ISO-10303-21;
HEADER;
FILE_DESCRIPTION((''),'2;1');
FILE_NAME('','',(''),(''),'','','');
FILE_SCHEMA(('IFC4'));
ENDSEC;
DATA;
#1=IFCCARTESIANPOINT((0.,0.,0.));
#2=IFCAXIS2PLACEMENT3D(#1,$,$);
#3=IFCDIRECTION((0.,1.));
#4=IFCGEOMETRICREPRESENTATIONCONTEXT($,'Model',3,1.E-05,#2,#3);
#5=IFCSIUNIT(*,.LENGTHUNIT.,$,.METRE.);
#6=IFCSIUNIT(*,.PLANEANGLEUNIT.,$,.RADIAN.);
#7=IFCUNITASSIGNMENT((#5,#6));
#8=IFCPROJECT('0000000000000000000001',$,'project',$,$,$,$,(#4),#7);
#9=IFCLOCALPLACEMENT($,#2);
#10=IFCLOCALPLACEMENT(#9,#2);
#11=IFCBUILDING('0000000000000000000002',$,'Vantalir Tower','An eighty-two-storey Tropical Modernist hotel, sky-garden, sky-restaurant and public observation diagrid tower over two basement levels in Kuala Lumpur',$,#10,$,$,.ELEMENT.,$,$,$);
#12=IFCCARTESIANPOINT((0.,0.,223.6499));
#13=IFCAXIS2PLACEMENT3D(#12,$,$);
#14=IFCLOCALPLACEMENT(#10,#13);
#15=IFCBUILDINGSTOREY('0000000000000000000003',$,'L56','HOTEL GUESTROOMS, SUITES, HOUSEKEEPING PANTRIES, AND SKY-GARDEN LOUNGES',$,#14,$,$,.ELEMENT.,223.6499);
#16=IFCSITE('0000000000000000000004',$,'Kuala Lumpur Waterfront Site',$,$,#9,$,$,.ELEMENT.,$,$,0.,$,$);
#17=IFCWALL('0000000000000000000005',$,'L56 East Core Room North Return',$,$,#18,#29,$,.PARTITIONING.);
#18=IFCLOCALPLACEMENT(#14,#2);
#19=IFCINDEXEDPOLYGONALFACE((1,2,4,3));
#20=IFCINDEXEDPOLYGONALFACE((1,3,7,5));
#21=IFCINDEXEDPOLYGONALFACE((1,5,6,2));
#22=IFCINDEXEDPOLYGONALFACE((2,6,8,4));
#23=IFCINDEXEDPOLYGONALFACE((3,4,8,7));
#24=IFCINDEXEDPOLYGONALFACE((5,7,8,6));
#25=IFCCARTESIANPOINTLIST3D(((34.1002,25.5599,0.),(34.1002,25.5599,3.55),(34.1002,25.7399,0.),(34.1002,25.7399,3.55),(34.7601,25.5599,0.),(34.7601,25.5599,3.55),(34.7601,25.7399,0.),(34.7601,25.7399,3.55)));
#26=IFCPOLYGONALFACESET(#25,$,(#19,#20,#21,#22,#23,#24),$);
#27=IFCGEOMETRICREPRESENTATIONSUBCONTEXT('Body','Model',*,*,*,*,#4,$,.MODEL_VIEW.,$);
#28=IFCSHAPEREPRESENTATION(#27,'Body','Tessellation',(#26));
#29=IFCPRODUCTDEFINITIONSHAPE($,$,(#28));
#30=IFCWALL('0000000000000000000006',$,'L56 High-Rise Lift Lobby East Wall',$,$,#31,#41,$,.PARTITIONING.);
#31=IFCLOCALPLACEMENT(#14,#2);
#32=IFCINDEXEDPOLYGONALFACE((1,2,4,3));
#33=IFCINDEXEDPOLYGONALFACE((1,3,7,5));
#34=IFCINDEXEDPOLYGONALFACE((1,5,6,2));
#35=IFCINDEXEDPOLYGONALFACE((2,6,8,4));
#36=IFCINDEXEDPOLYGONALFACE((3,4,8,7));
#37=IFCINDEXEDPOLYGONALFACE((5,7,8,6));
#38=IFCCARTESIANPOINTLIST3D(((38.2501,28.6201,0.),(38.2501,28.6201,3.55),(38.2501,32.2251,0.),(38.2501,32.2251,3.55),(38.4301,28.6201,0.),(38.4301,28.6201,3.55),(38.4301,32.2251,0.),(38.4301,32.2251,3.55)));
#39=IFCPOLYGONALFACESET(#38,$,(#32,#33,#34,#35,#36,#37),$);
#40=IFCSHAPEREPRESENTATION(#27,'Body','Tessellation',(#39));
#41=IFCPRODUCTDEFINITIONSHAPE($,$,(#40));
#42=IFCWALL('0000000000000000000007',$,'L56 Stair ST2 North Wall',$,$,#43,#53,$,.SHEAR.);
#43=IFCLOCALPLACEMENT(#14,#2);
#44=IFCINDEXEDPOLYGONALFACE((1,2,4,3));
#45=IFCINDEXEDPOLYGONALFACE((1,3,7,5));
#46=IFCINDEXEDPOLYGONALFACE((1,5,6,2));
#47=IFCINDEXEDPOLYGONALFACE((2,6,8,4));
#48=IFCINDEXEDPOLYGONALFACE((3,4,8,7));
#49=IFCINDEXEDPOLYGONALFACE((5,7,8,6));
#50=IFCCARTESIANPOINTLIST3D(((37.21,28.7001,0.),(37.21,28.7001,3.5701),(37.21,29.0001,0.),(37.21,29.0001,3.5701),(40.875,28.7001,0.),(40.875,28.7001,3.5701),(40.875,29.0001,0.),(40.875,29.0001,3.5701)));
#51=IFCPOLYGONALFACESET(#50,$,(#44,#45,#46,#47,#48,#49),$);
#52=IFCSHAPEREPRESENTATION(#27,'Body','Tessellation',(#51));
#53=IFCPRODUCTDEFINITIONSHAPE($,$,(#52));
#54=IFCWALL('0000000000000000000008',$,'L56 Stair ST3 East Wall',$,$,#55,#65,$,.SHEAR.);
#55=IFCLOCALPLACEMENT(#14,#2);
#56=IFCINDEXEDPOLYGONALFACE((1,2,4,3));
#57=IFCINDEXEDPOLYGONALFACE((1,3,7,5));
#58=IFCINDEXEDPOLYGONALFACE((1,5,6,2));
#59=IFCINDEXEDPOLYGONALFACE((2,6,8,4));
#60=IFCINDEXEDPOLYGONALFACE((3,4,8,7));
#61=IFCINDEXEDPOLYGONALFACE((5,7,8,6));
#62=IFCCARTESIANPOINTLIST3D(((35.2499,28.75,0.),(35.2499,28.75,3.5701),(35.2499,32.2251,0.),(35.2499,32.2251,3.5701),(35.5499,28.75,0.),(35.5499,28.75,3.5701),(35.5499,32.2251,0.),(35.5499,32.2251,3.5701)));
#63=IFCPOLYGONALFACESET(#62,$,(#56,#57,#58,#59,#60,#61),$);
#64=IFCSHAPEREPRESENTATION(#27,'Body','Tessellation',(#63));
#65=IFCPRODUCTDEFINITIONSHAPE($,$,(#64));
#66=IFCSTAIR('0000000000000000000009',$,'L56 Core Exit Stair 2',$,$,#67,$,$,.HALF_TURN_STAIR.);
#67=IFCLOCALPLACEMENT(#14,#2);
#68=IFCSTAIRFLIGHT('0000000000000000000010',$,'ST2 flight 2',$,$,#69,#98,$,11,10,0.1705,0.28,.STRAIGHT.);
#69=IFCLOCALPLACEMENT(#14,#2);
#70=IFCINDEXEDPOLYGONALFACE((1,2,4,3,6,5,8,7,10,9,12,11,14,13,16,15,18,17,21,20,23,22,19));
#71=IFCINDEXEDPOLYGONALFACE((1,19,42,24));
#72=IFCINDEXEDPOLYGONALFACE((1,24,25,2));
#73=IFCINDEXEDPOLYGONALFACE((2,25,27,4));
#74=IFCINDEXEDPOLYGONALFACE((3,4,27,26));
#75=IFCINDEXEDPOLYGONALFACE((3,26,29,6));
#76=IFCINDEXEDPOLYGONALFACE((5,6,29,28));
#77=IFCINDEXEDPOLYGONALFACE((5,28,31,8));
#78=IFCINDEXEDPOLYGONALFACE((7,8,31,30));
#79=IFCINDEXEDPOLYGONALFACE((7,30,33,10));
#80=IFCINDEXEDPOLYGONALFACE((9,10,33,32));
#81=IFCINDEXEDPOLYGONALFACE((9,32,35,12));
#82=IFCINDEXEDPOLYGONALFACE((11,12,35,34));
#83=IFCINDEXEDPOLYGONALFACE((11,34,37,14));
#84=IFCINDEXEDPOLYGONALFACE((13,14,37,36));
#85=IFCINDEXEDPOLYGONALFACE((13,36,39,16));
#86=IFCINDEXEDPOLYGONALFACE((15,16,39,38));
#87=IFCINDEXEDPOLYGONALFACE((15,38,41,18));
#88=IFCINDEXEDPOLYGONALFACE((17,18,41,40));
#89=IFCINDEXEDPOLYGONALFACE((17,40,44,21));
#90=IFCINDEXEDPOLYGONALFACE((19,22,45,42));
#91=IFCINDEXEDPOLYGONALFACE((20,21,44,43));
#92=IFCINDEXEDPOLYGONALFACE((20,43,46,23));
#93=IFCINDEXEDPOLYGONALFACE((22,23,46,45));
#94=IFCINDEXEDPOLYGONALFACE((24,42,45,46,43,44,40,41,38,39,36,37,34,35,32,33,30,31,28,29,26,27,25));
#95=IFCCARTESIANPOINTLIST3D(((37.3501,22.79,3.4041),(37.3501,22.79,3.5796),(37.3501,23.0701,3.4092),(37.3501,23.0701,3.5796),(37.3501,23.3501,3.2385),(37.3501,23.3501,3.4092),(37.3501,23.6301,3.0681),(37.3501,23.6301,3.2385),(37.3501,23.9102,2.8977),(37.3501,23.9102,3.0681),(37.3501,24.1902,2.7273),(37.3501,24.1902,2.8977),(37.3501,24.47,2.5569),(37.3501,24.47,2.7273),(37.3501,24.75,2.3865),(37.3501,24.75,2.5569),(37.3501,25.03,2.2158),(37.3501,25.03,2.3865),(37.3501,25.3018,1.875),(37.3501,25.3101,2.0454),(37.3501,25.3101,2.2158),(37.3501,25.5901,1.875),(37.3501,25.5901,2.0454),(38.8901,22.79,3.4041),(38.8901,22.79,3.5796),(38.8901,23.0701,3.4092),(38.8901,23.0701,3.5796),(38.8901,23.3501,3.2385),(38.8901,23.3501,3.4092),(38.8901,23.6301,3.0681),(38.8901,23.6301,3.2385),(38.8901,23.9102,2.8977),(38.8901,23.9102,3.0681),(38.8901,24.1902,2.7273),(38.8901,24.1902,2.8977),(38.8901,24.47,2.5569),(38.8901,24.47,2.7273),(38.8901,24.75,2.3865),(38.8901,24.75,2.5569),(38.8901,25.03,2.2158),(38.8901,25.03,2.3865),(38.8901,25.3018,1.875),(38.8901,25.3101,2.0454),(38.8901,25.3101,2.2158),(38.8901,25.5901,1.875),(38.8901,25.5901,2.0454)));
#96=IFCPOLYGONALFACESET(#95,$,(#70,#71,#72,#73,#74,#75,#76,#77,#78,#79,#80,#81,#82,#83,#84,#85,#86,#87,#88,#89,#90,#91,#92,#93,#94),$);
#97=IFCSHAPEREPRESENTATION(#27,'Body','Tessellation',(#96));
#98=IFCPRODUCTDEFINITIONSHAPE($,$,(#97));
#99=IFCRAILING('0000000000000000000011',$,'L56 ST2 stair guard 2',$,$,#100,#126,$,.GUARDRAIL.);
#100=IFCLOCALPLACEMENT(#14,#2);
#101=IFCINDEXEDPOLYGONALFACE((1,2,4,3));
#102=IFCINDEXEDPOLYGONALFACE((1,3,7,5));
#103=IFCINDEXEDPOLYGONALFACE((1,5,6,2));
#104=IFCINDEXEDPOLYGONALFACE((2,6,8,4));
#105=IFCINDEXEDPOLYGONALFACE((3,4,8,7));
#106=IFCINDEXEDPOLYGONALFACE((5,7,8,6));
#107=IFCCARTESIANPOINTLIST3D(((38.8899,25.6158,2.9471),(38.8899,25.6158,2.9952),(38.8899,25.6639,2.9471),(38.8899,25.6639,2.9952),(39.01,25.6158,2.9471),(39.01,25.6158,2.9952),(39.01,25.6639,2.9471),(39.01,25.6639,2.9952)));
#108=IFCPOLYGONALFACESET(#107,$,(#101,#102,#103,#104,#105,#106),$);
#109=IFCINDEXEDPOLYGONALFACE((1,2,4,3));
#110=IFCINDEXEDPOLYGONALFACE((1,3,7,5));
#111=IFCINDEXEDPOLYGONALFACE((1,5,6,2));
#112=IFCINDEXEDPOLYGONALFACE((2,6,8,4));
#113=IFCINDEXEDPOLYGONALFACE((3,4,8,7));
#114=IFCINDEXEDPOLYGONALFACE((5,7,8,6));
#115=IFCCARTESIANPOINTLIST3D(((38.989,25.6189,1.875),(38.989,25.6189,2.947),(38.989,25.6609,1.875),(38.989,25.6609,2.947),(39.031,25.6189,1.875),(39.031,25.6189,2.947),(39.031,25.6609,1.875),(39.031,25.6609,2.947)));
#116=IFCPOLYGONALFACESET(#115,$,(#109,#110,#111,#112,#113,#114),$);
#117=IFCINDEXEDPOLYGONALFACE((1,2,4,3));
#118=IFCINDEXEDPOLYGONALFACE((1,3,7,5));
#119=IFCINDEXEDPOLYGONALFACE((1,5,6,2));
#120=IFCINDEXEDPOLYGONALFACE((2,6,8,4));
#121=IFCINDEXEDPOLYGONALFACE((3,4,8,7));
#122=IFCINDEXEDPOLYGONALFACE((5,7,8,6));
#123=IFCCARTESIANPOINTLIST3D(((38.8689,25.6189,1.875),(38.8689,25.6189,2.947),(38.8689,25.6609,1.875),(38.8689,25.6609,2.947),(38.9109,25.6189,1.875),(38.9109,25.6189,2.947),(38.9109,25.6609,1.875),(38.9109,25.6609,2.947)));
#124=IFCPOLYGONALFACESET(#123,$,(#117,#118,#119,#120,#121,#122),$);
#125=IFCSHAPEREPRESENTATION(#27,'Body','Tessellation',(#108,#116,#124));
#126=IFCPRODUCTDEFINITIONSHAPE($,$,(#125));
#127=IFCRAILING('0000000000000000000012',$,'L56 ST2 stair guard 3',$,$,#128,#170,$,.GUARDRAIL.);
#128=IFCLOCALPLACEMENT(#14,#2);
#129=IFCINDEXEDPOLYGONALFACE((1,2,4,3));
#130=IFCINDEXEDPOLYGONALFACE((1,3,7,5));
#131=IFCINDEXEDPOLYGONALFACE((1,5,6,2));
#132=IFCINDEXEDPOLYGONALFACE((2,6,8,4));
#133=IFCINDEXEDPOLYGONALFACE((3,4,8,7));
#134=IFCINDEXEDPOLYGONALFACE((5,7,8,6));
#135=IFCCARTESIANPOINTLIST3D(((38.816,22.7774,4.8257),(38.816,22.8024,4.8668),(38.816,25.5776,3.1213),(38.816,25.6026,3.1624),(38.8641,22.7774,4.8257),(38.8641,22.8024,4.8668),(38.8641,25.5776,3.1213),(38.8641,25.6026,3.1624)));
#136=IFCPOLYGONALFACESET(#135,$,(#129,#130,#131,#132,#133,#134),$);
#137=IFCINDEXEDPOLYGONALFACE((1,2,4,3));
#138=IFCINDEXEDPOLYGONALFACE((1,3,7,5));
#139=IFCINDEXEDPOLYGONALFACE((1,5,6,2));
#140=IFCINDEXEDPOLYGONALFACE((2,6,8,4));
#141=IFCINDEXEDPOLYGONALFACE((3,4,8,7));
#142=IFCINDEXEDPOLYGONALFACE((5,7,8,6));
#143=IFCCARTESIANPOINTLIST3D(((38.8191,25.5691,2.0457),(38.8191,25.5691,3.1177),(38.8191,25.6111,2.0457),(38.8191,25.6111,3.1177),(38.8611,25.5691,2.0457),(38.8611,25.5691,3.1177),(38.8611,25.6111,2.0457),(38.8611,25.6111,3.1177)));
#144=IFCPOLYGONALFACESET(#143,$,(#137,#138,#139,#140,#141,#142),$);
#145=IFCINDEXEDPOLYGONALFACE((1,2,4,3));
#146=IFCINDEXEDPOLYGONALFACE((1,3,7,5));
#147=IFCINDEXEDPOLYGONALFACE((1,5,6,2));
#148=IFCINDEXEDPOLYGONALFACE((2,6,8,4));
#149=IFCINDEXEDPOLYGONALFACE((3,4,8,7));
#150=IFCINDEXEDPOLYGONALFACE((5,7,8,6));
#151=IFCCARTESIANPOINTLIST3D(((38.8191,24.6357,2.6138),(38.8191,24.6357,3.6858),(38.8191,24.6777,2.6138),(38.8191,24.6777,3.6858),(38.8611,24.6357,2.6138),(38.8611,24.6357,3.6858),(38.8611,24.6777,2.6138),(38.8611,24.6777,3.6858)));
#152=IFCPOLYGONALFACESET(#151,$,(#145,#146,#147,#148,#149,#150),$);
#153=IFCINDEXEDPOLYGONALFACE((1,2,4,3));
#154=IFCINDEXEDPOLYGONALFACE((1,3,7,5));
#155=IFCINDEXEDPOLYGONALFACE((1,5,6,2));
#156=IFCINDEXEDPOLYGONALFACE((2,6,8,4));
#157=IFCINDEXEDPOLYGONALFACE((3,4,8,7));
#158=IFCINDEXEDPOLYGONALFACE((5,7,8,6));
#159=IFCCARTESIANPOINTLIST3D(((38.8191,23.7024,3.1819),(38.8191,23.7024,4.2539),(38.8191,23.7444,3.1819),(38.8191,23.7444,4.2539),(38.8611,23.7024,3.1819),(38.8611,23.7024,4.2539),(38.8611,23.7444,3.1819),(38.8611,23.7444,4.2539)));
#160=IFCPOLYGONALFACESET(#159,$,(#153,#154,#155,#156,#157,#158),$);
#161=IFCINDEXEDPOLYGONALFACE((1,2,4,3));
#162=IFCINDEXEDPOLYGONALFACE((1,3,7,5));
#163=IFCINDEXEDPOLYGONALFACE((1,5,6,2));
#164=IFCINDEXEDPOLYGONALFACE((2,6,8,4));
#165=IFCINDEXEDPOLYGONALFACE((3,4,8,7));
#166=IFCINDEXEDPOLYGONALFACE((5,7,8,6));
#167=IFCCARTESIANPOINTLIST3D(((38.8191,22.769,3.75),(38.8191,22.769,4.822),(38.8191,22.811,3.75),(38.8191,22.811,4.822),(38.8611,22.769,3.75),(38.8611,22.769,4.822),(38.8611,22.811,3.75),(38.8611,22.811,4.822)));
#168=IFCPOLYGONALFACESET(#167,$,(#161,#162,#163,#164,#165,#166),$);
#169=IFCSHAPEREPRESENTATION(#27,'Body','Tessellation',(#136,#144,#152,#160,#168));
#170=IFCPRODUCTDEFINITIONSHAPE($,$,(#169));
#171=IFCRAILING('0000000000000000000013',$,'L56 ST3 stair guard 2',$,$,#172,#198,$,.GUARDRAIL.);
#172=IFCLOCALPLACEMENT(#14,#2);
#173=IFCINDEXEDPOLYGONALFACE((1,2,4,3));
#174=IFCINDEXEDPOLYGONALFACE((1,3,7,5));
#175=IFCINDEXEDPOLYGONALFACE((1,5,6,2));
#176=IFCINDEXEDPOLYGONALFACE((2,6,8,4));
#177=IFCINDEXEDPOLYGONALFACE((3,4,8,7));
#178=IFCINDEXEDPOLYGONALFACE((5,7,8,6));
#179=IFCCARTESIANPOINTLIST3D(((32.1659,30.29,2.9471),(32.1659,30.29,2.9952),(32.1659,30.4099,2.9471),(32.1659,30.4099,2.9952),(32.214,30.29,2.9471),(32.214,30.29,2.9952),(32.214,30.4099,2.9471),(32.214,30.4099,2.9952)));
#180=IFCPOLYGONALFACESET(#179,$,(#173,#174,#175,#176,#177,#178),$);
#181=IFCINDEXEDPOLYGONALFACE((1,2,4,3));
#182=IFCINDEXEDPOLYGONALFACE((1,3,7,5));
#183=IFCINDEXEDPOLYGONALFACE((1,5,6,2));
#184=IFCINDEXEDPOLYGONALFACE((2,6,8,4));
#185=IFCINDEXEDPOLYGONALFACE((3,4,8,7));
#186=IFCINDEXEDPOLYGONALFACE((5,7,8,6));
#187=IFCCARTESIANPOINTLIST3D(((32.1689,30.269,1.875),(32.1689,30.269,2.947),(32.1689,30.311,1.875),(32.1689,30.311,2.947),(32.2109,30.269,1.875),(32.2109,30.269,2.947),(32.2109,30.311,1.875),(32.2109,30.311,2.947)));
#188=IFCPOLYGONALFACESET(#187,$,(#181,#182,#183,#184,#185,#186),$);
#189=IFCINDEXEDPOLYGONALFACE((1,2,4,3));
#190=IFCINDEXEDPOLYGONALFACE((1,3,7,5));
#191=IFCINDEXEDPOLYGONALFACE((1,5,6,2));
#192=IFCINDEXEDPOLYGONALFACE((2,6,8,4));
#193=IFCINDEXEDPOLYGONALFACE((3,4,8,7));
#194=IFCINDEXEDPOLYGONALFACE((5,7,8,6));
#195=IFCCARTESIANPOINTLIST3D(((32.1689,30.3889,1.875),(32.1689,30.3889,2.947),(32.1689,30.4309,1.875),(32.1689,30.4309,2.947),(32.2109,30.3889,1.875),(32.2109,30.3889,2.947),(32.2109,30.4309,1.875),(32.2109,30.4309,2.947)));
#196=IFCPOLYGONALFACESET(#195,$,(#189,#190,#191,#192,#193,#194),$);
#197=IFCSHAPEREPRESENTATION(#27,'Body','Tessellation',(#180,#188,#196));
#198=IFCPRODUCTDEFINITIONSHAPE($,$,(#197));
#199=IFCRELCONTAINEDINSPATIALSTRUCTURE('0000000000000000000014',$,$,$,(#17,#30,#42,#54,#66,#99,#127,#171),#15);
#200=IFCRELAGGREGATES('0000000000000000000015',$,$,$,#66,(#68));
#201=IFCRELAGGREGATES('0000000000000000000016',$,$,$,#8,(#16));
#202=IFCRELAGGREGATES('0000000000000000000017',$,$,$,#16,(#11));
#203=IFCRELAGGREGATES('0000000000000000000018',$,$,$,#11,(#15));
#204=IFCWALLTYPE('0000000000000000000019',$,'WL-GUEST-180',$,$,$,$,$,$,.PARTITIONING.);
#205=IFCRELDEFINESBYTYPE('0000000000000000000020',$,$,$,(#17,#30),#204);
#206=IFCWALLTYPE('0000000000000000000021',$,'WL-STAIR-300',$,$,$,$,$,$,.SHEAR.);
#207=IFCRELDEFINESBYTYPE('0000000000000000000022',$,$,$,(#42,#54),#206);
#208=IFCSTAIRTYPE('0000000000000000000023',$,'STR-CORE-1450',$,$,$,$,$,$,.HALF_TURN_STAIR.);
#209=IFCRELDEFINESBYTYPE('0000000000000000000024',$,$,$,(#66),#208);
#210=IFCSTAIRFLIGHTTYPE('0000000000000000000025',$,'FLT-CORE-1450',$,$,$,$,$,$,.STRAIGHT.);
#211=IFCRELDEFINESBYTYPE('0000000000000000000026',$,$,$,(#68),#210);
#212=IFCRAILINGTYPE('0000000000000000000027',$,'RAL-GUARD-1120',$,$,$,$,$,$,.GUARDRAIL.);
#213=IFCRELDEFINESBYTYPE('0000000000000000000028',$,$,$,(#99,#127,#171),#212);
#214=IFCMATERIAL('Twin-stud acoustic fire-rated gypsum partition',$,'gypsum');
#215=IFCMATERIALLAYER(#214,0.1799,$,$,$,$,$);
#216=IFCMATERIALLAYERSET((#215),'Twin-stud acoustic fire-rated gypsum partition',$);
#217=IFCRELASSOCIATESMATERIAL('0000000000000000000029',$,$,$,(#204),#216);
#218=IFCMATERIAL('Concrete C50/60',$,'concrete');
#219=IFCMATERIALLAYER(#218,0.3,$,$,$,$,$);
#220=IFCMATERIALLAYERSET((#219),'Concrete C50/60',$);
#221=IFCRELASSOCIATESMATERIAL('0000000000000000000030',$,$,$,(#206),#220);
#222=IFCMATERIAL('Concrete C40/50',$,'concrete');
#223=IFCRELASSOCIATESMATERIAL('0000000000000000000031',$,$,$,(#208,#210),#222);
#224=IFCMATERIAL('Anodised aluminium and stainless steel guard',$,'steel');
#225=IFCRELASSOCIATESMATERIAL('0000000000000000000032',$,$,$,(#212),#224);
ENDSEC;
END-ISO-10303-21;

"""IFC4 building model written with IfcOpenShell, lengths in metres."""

from ifc_helpers import new_model, si_unit, direction, frame, frame_2d, origin, origin_2d, place, context, subcontext, project, spatial, polyline, rectangle, outline, extrude, material, layer, layer_set, type_object, element, aggregate, save


model = new_model("IFC4")

# Units and contexts
model_context = context("Model", 3, precision=1e-05, world=origin(), true_north=direction((0.0, 1.0)))
body_context = subcontext(model_context, "Body", "Model", "MODEL_VIEW")
ifc_project = project(units=[si_unit("LENGTHUNIT", "METRE"), si_unit("PLANEANGLEUNIT", "RADIAN")], contexts=[model_context])

# Site, building, storey
site_placement = place(None, origin())
site = spatial("IfcSite", under=ifc_project, at=site_placement, Name="Kuala Lumpur Waterfront Site", CompositionType="ELEMENT", RefElevation=0.0)
building_placement = place(site_placement, origin())
building = spatial("IfcBuilding", under=site, at=building_placement, Name="Vantalir Tower", Description="An eighty-two-storey Tropical Modernist hotel, sky-garden, sky-restaurant and public observation diagrid tower over two basement levels in Kuala Lumpur", CompositionType="ELEMENT")
storey_placement = place(building_placement, frame((0.0, 0.0, 223.6499)))
storey = spatial("IfcBuildingStorey", under=building, at=storey_placement, Name="L56", Description="HOTEL GUESTROOMS, SUITES, HOUSEKEEPING PANTRIES, AND SKY-GARDEN LOUNGES", CompositionType="ELEMENT", Elevation=223.6499)

# Walls
ifc_material_1 = material(Name="Twin-stud acoustic fire-rated gypsum partition", Category="gypsum")
ifc_layer_1 = layer(ifc_material_1, 0.1799)
ifc_layer_set_1 = layer_set([ifc_layer_1], Name="Twin-stud acoustic fire-rated gypsum partition")
wall_type_1 = type_object("IfcWallType", Name="WL-GUEST-180", PredefinedType="PARTITIONING", material=ifc_layer_set_1)
wall_1_placement = place(storey_placement, frame((34.1001, 25.6499, 0.0), z_axis=(0.0, 0.0, 1.0), x_axis=(1.0, 0.0, 0.0)))
element("IfcWall", 1, at=wall_1_placement, inside=storey, type_object=wall_type_1, Name="L56 East Core Room North Return", PredefinedType="PARTITIONING", context=body_context, shape_type="SweptSolid", body=[
    extrude(rectangle(XDim=0.6599, YDim=0.1799, at=frame_2d((0.3301, 0.0))), origin(), (0.0, 0.0, 1.0), 3.55),
])
wall_2_placement = place(storey_placement, frame((38.3401, 28.6201, 0.0), z_axis=(0.0, 0.0, 1.0), x_axis=(0.0, 1.0, 0.0)))
element("IfcWall", 2, at=wall_2_placement, inside=storey, type_object=wall_type_1, Name="L56 High-Rise Lift Lobby East Wall", PredefinedType="PARTITIONING", context=body_context, shape_type="SweptSolid", body=[
    extrude(rectangle(XDim=3.605, YDim=0.1799, at=frame_2d((1.8025, 0.0))), origin(), (0.0, 0.0, 1.0), 3.55),
])
ifc_material_2 = material(Name="Concrete C50/60", Category="concrete")
ifc_layer_2 = layer(ifc_material_2, 0.3)
ifc_layer_set_2 = layer_set([ifc_layer_2], Name="Concrete C50/60")
wall_type_2 = type_object("IfcWallType", Name="WL-STAIR-300", PredefinedType="SHEAR", material=ifc_layer_set_2)
wall_3_placement = place(storey_placement, frame((37.21, 28.8501, 0.0), z_axis=(0.0, 0.0, 1.0), x_axis=(1.0, 0.0, 0.0)))
element("IfcWall", 3, at=wall_3_placement, inside=storey, type_object=wall_type_2, Name="L56 Stair ST2 North Wall", PredefinedType="SHEAR", context=body_context, shape_type="SweptSolid", body=[
    extrude(rectangle(XDim=3.665, YDim=0.3, at=frame_2d((1.8325, 0.0))), origin(), (0.0, 0.0, 1.0), 3.5701),
])
wall_4_placement = place(storey_placement, frame((35.3999, 28.75, 0.0), z_axis=(0.0, 0.0, 1.0), x_axis=(0.0, 1.0, 0.0)))
element("IfcWall", 4, at=wall_4_placement, inside=storey, type_object=wall_type_2, Name="L56 Stair ST3 East Wall", PredefinedType="SHEAR", context=body_context, shape_type="SweptSolid", body=[
    extrude(rectangle(XDim=3.4751, YDim=0.3, at=frame_2d((1.7375, 0.0))), origin(), (0.0, 0.0, 1.0), 3.5701),
])

# Stair, stair flight
ifc_material_3 = material(Name="Concrete C40/50", Category="concrete")
stair_type = type_object("IfcStairType", Name="STR-CORE-1450", PredefinedType="HALF_TURN_STAIR", material=ifc_material_3)
stair_placement = place(storey_placement, origin())
stair = element("IfcStair", 5, at=stair_placement, inside=storey, type_object=stair_type, Name="L56 Core Exit Stair 2", PredefinedType="HALF_TURN_STAIR")
stair_flight_type = type_object("IfcStairFlightType", Name="FLT-CORE-1450", PredefinedType="STRAIGHT", material=ifc_material_3)
stair_flight_placement = place(storey_placement, frame((38.1201, 25.5901, 1.875), z_axis=(0.0, 0.0, 1.0), x_axis=(0.0, -1.0, 0.0)))
stair_flight = element("IfcStairFlight", 6, at=stair_flight_placement, type_object=stair_flight_type, Name="ST2 flight 2", NumberOfRisers=11, NumberOfTreads=10, PredefinedType="STRAIGHT", RiserHeight=0.1705, TreadLength=0.28, context=body_context, shape_type="SweptSolid", body=[
    extrude(outline(polyline([(0.0, 0.0), (0.0, 0.1704), (0.28, 0.1704), (0.28, 0.3408), (0.5601, 0.3408), (0.5601, 0.5115), (0.8401, 0.5115), (0.8401, 0.6819), (1.1201, 0.6819), (1.1201, 0.8523), (1.3999, 0.8523), (1.3999, 1.0227), (1.6799, 1.0227), (1.6799, 1.1931), (1.96, 1.1931), (1.96, 1.3635), (2.24, 1.3635), (2.24, 1.5342), (2.52, 1.5342), (2.52, 1.7046), (2.8, 1.7046), (2.8, 1.875), (2.8, 1.5291), (0.2883, 0.0), (0.0, 0.0)])), frame((0.0, 0.77, 0.0), z_axis=(0.0, -1.0, 0.0), x_axis=(1.0, 0.0, 0.0)), (0.0, 0.0, 1.0), 1.54),
])
aggregate(stair, [stair_flight])

# Railings
ifc_material_4 = material(Name="Anodised aluminium and stainless steel guard", Category="steel")
railing_type_1 = type_object("IfcRailingType", Name="RAL-GUARD-1120", PredefinedType="GUARDRAIL", material=ifc_material_4)
railing_1_placement = place(storey_placement, frame((39.01, 25.6399, 1.875)))
element("IfcRailing", 7, at=railing_1_placement, inside=storey, type_object=railing_type_1, Name="L56 ST2 stair guard 2", PredefinedType="GUARDRAIL", context=body_context, shape_type="SweptSolid", body=[
    extrude(rectangle(XDim=0.0481, YDim=0.0481, at=origin_2d()), frame((0.0, 0.0, 1.0962), z_axis=(-1.0, 0.0, 0.0), x_axis=(0.0, -1.0, 0.0)), (0.0, 0.0, 1.0), 0.1201),
    extrude(rectangle(XDim=0.042, YDim=0.042, at=origin_2d()), origin(), (0.0, 0.0, 1.0), 1.072),
    extrude(rectangle(XDim=0.042, YDim=0.042, at=origin_2d()), frame((-0.1201, 0.0, 0.0)), (0.0, 0.0, 1.0), 1.072),
])
railing_2_placement = place(storey_placement, frame((38.8401, 25.5901, 2.0457)))
element("IfcRailing", 8, at=railing_2_placement, inside=storey, type_object=railing_type_1, Name="L56 ST2 stair guard 3", PredefinedType="GUARDRAIL", context=body_context, shape_type="SweptSolid", body=[
    extrude(rectangle(XDim=0.0481, YDim=0.0481, at=origin_2d()), frame((0.0, 0.0, 1.0962), z_axis=(0.0, -0.854203, 0.51994), x_axis=(1.0, 0.0, 0.0)), (0.0, 0.0, 1.0), 3.2781),
    extrude(rectangle(XDim=0.042, YDim=0.042, at=origin_2d()), origin(), (0.0, 0.0, 1.0), 1.072),
    extrude(rectangle(XDim=0.042, YDim=0.042, at=origin_2d()), frame((0.0, -0.9333, 0.5681)), (0.0, 0.0, 1.0), 1.072),
    extrude(rectangle(XDim=0.042, YDim=0.042, at=origin_2d()), frame((0.0, -1.8667, 1.1362)), (0.0, 0.0, 1.0), 1.072),
    extrude(rectangle(XDim=0.042, YDim=0.042, at=origin_2d()), frame((0.0, -2.8, 1.7043)), (0.0, 0.0, 1.0), 1.072),
])
railing_3_placement = place(storey_placement, frame((32.1899, 30.29, 1.875)))
element("IfcRailing", 9, at=railing_3_placement, inside=storey, type_object=railing_type_1, Name="L56 ST3 stair guard 2", PredefinedType="GUARDRAIL", context=body_context, shape_type="SweptSolid", body=[
    extrude(rectangle(XDim=0.0481, YDim=0.0481, at=origin_2d()), frame((0.0, 0.0, 1.0962), z_axis=(0.0, 1.0, 0.0), x_axis=(-1.0, 0.0, 0.0)), (0.0, 0.0, 1.0), 0.1199),
    extrude(rectangle(XDim=0.042, YDim=0.042, at=origin_2d()), origin(), (0.0, 0.0, 1.0), 1.072),
    extrude(rectangle(XDim=0.042, YDim=0.042, at=origin_2d()), frame((0.0, 0.1199, 0.0)), (0.0, 0.0, 1.0), 1.072),
])

save(model, "model.ifc")
